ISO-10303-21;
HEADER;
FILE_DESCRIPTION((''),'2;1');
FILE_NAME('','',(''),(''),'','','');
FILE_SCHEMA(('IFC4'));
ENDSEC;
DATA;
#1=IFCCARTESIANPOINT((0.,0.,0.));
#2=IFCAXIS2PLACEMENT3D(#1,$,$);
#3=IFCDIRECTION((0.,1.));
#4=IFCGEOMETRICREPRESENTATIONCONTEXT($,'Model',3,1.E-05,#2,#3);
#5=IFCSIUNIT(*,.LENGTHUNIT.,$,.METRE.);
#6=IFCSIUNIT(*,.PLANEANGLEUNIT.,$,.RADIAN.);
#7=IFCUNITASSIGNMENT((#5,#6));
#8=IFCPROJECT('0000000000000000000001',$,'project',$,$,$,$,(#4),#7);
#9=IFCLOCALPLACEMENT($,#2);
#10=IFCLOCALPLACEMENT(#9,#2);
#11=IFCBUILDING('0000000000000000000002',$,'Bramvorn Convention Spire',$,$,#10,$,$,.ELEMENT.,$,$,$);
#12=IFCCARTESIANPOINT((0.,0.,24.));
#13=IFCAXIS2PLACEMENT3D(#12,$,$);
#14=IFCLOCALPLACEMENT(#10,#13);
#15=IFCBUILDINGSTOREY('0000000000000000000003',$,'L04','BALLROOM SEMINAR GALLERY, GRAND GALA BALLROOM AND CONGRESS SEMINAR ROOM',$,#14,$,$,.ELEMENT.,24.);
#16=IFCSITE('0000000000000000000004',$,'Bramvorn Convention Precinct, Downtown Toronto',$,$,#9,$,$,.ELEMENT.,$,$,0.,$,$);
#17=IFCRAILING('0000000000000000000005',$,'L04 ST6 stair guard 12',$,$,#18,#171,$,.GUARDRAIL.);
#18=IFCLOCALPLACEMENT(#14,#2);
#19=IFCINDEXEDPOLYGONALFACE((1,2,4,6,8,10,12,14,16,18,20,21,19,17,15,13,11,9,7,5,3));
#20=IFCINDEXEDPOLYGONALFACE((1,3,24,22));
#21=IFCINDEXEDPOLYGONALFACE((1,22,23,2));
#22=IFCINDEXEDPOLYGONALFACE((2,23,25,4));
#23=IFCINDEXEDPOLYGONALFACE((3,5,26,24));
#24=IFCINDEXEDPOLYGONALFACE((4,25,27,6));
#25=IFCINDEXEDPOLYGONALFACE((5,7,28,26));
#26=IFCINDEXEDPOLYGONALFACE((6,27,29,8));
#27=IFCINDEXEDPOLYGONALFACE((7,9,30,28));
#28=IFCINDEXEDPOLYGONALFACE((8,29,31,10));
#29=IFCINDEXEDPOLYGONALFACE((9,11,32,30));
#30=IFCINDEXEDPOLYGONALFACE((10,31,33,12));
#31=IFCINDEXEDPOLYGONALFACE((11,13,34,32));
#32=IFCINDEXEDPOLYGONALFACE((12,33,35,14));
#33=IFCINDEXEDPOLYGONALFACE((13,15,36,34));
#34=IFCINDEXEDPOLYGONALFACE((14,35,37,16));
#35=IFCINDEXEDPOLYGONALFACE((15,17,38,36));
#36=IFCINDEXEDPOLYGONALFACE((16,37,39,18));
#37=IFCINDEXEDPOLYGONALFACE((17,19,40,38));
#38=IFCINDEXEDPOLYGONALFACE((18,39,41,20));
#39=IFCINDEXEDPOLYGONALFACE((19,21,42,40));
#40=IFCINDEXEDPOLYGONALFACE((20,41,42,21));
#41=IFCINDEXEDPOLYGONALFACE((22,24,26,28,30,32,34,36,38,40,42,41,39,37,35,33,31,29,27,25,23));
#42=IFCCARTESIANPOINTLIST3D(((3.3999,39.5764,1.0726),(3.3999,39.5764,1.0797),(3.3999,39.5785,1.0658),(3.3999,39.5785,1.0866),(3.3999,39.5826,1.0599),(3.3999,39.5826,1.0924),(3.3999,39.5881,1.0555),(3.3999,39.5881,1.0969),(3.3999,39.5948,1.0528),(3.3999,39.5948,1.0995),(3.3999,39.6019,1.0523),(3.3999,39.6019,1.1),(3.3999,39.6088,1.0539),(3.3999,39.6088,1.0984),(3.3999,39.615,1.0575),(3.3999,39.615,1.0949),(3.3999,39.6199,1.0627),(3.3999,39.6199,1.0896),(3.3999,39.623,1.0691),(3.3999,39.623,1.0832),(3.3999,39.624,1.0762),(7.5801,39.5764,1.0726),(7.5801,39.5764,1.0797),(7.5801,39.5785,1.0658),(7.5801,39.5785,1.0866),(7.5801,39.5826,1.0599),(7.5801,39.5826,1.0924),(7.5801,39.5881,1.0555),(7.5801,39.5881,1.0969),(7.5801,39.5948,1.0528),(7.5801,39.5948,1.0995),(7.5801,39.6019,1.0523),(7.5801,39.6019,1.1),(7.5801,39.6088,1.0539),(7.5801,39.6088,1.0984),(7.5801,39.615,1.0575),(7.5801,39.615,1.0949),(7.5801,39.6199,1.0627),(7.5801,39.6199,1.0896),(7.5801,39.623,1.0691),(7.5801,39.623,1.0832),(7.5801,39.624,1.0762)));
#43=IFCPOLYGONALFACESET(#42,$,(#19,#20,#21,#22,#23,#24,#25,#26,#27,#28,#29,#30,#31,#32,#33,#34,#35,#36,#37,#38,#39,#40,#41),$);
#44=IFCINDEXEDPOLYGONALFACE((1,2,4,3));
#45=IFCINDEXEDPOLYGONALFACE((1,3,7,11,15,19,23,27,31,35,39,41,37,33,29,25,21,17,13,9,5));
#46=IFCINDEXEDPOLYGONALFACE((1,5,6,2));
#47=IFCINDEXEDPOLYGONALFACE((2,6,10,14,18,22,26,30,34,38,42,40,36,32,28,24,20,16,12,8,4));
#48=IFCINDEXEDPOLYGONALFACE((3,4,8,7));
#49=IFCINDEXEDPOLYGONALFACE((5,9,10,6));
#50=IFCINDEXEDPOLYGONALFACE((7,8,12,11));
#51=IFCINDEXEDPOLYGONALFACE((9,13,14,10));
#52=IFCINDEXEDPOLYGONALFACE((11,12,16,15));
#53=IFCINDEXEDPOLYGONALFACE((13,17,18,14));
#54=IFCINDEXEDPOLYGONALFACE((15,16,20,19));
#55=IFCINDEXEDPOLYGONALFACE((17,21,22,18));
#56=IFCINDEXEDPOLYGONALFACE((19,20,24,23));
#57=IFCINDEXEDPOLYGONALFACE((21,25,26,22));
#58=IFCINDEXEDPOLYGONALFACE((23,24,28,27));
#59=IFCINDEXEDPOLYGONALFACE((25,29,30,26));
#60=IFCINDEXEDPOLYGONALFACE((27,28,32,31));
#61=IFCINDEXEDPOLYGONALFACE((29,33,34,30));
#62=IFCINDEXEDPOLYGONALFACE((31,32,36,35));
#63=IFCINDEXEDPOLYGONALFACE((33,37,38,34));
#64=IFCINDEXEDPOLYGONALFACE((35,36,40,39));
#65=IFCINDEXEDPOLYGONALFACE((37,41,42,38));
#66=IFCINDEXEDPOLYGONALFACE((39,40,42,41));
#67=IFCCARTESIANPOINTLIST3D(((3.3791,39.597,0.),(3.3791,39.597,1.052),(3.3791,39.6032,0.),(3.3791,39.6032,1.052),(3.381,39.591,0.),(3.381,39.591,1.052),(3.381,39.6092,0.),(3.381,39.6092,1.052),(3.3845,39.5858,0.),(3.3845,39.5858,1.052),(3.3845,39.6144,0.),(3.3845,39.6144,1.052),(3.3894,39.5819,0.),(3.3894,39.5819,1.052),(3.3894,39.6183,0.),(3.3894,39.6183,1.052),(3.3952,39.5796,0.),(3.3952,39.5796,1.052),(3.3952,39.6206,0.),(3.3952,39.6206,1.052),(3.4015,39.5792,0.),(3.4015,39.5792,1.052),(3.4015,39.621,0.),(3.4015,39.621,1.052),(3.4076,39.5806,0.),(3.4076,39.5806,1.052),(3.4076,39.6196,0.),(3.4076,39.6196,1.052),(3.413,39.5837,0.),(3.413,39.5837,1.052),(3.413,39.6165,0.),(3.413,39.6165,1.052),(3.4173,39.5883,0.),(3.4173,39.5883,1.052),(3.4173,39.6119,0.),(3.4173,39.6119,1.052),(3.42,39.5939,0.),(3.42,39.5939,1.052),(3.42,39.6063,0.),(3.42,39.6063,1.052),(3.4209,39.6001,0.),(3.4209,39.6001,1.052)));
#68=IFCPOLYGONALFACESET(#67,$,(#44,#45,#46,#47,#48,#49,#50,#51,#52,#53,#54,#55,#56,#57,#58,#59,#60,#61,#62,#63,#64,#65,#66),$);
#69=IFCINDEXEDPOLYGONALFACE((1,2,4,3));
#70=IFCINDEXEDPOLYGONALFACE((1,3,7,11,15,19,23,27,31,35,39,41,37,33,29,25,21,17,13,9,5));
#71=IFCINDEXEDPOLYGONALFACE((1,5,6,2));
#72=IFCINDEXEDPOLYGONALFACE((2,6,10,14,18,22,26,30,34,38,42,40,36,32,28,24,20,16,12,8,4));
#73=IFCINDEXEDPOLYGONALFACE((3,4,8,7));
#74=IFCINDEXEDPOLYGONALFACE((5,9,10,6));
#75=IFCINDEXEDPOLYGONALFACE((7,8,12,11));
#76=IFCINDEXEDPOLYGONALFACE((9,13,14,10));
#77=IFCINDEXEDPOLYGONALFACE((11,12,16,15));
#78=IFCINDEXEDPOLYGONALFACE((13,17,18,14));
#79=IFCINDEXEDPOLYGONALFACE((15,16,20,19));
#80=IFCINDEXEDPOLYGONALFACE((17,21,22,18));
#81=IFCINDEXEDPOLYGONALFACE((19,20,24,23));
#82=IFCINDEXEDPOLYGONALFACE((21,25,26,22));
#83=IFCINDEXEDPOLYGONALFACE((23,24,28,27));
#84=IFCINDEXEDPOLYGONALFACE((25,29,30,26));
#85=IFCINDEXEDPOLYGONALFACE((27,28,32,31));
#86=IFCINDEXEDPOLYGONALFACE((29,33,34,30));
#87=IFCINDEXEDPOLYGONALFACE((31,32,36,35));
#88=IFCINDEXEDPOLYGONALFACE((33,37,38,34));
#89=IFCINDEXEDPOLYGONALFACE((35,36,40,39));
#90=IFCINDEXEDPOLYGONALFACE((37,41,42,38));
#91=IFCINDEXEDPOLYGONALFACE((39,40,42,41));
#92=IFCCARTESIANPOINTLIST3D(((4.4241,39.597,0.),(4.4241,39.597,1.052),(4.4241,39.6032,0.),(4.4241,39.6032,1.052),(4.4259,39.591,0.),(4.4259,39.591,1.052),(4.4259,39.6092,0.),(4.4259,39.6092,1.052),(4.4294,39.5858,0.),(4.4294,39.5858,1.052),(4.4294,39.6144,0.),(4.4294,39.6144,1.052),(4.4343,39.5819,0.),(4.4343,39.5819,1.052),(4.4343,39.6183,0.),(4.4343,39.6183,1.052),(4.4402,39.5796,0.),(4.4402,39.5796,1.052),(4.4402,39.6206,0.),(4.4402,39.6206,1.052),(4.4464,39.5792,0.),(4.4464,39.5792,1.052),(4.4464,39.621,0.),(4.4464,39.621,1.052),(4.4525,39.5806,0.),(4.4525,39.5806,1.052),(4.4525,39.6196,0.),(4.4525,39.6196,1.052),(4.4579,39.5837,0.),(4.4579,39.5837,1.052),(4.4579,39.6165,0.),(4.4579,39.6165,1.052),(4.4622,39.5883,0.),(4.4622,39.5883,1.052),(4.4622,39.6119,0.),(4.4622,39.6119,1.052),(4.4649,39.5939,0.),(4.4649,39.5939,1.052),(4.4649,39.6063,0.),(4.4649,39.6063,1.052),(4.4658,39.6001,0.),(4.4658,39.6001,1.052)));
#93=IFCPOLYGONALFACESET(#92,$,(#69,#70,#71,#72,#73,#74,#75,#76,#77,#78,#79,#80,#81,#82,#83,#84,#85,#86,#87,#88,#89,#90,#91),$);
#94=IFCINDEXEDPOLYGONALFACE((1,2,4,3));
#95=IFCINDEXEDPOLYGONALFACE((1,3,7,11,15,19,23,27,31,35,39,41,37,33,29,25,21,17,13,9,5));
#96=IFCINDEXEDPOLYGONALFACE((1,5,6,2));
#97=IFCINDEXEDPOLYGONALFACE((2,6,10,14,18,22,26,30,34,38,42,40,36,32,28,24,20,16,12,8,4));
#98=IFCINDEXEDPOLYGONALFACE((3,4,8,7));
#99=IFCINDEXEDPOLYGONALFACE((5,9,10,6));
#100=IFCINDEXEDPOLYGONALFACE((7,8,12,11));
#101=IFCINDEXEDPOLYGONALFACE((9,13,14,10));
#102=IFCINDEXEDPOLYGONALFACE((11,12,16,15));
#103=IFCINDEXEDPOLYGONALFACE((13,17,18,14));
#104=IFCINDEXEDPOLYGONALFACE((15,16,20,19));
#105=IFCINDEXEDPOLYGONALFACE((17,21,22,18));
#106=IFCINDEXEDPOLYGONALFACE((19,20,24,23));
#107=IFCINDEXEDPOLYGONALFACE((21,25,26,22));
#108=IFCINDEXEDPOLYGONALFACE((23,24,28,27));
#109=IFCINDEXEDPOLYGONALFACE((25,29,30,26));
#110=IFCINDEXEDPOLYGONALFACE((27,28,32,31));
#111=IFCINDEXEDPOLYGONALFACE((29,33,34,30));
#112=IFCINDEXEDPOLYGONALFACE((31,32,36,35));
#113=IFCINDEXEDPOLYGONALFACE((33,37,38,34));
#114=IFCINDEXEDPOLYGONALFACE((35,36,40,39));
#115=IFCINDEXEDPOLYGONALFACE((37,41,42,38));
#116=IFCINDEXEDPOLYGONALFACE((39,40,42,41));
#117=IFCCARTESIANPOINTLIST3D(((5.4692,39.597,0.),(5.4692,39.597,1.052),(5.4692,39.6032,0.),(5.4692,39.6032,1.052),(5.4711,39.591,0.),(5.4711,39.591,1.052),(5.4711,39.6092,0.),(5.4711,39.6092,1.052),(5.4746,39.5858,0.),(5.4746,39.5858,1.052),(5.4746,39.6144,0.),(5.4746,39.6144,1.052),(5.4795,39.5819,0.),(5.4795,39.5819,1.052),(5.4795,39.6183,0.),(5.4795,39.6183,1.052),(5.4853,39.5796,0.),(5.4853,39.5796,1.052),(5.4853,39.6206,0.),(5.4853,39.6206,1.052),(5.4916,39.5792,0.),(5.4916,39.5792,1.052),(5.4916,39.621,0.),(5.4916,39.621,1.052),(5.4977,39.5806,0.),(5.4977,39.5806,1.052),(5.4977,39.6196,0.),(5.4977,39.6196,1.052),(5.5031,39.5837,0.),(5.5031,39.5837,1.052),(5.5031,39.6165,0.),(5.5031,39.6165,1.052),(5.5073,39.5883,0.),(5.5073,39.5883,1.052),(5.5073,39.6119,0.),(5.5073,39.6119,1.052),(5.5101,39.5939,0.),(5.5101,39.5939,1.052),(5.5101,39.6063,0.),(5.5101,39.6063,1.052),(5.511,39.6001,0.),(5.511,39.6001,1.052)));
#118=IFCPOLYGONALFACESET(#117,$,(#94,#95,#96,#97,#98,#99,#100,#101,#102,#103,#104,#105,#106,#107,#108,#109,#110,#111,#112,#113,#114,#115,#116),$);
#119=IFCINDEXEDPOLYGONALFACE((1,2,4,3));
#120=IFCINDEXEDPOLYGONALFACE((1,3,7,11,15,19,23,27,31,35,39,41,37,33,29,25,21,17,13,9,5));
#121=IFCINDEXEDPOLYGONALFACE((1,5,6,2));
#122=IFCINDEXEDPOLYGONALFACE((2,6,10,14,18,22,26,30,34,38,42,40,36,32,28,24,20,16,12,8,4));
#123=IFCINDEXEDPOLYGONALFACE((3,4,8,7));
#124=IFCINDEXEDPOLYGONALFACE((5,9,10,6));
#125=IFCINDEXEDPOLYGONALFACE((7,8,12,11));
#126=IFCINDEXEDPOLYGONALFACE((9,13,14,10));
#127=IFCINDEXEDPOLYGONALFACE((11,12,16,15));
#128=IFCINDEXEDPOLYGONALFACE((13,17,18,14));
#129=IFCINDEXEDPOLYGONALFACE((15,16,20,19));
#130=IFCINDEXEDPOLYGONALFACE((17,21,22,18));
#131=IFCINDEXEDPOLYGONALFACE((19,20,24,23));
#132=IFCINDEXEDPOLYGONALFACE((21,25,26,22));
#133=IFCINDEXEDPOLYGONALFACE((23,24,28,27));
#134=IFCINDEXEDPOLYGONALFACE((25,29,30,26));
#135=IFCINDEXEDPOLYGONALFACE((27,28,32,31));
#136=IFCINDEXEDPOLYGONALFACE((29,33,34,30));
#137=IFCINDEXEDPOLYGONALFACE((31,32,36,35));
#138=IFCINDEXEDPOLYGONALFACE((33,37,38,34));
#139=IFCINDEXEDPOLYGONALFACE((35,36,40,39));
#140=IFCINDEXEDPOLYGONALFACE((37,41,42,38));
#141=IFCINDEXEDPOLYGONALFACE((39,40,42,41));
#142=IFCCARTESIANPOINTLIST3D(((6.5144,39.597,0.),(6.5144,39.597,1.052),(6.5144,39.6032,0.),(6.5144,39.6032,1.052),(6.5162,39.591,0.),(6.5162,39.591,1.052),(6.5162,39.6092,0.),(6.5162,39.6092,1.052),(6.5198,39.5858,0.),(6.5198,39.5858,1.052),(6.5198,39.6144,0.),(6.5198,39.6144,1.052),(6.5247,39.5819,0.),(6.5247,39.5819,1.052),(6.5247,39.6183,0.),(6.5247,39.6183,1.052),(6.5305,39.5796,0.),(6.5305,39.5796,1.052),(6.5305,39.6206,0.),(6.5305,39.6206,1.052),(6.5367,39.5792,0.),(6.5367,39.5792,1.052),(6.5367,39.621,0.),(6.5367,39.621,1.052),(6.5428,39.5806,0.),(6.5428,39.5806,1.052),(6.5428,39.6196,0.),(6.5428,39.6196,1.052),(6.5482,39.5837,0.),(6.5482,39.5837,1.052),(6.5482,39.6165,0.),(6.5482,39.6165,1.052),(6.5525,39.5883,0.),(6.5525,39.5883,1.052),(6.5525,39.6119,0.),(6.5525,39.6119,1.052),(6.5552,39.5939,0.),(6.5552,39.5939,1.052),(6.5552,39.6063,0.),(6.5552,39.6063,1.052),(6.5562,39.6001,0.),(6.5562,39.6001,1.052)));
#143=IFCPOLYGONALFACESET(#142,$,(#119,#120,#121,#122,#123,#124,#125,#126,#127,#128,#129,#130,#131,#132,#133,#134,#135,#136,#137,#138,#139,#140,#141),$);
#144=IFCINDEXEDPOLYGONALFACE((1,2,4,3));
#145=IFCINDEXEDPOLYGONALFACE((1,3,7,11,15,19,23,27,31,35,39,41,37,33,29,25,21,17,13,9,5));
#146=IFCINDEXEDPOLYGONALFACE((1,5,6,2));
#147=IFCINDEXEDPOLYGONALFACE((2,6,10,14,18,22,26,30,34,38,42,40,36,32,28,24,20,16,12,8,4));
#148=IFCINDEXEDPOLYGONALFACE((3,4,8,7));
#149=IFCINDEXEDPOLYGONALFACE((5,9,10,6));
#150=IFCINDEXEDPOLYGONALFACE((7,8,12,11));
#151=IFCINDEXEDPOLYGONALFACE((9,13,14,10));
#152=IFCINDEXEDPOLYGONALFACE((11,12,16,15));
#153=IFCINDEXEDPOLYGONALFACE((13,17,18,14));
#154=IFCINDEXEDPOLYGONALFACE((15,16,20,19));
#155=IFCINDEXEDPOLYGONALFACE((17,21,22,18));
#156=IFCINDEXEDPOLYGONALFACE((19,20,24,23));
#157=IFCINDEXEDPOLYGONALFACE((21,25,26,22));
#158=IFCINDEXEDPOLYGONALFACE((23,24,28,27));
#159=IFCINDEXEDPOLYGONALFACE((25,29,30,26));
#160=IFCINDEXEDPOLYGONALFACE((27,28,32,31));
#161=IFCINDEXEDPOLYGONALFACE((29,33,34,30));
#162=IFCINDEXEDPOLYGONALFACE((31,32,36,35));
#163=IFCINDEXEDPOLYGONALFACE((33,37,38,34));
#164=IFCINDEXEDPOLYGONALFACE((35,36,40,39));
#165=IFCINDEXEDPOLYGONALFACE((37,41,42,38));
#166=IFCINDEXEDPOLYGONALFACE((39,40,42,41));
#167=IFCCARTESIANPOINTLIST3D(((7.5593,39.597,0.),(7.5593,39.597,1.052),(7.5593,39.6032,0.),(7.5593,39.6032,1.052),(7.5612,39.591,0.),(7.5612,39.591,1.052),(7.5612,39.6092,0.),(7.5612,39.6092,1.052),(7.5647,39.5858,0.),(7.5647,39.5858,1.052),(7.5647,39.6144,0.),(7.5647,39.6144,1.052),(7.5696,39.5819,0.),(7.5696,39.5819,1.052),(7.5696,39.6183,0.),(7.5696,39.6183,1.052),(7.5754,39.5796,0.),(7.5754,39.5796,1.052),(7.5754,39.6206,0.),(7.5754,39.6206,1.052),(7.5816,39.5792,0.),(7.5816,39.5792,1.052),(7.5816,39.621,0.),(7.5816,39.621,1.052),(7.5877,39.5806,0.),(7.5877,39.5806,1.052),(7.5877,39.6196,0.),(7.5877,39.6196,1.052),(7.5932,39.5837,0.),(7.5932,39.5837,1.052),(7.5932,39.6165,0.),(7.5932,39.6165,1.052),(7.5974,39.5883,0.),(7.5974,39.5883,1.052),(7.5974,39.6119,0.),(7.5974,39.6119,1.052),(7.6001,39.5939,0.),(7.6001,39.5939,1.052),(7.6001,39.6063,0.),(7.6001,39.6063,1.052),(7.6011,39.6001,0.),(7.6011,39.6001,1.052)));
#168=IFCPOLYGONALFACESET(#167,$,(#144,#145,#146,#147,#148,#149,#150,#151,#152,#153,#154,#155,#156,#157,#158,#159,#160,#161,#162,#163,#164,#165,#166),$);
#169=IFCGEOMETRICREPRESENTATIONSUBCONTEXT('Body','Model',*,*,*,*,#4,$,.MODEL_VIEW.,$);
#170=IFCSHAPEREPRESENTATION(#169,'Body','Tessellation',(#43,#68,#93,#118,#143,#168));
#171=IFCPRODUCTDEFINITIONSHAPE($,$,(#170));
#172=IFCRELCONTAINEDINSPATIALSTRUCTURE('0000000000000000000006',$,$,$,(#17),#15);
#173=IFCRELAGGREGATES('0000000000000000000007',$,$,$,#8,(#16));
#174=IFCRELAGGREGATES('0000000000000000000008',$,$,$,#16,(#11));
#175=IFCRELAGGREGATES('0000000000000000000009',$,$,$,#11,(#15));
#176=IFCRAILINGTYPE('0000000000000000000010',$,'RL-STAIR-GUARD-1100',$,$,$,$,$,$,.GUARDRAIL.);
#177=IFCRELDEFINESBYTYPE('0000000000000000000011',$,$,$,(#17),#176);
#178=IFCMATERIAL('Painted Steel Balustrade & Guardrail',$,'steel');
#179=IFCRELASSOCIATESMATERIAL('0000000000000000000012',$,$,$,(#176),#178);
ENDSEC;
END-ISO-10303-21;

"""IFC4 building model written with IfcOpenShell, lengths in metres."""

from ifc_helpers import new_model, si_unit, direction, frame, origin, origin_2d, place, context, subcontext, project, spatial, circle, extrude, material, type_object, element, save


model = new_model("IFC4")

# Units and contexts
model_context = context("Model", 3, precision=1e-05, world=origin(), true_north=direction((0.0, 1.0)))
body_context = subcontext(model_context, "Body", "Model", "MODEL_VIEW")
ifc_project = project(units=[si_unit("LENGTHUNIT", "METRE"), si_unit("PLANEANGLEUNIT", "RADIAN")], contexts=[model_context])

# Site, building, storey
site_placement = place(None, origin())
site = spatial("IfcSite", under=ifc_project, at=site_placement, Name="Bramvorn Convention Precinct, Downtown Toronto", CompositionType="ELEMENT", RefElevation=0.0)
building_placement = place(site_placement, origin())
building = spatial("IfcBuilding", under=site, at=building_placement, Name="Bramvorn Convention Spire", CompositionType="ELEMENT")
storey_placement = place(building_placement, frame((0.0, 0.0, 24.0)))
storey = spatial("IfcBuildingStorey", under=building, at=storey_placement, Name="L04", Description="BALLROOM SEMINAR GALLERY, GRAND GALA BALLROOM AND CONGRESS SEMINAR ROOM", CompositionType="ELEMENT", Elevation=24.0)

# Railing
ifc_material_1 = material(Name="Painted Steel Balustrade & Guardrail", Category="steel")
railing_type_1 = type_object("IfcRailingType", Name="RL-STAIR-GUARD-1100", PredefinedType="GUARDRAIL", material=ifc_material_1)
railing_1_placement = place(storey_placement, frame((3.3999, 39.6001, 0.0)))
element("IfcRailing", 1, at=railing_1_placement, inside=storey, type_object=railing_type_1, Name="L04 ST6 stair guard 12", PredefinedType="GUARDRAIL", context=body_context, shape_type="SweptSolid", body=[
    extrude(circle(Radius=0.0239, at=origin_2d()), frame((0.0, 0.0, 1.0762), z_axis=(1.0, 0.0, 0.0), x_axis=(0.0, 1.0, 0.0)), (0.0, 0.0, 1.0), 4.1802),
    extrude(circle(Radius=0.021, at=origin_2d()), origin(), (0.0, 0.0, 1.0), 1.052),
    extrude(circle(Radius=0.021, at=origin_2d()), frame((1.0449, 0.0, 0.0)), (0.0, 0.0, 1.0), 1.052),
    extrude(circle(Radius=0.021, at=origin_2d()), frame((2.0901, 0.0, 0.0)), (0.0, 0.0, 1.0), 1.052),
    extrude(circle(Radius=0.021, at=origin_2d()), frame((3.1353, 0.0, 0.0)), (0.0, 0.0, 1.0), 1.052),
    extrude(circle(Radius=0.021, at=origin_2d()), frame((4.1802, 0.0, 0.0)), (0.0, 0.0, 1.0), 1.052),
])

save(model, "model.ifc")
